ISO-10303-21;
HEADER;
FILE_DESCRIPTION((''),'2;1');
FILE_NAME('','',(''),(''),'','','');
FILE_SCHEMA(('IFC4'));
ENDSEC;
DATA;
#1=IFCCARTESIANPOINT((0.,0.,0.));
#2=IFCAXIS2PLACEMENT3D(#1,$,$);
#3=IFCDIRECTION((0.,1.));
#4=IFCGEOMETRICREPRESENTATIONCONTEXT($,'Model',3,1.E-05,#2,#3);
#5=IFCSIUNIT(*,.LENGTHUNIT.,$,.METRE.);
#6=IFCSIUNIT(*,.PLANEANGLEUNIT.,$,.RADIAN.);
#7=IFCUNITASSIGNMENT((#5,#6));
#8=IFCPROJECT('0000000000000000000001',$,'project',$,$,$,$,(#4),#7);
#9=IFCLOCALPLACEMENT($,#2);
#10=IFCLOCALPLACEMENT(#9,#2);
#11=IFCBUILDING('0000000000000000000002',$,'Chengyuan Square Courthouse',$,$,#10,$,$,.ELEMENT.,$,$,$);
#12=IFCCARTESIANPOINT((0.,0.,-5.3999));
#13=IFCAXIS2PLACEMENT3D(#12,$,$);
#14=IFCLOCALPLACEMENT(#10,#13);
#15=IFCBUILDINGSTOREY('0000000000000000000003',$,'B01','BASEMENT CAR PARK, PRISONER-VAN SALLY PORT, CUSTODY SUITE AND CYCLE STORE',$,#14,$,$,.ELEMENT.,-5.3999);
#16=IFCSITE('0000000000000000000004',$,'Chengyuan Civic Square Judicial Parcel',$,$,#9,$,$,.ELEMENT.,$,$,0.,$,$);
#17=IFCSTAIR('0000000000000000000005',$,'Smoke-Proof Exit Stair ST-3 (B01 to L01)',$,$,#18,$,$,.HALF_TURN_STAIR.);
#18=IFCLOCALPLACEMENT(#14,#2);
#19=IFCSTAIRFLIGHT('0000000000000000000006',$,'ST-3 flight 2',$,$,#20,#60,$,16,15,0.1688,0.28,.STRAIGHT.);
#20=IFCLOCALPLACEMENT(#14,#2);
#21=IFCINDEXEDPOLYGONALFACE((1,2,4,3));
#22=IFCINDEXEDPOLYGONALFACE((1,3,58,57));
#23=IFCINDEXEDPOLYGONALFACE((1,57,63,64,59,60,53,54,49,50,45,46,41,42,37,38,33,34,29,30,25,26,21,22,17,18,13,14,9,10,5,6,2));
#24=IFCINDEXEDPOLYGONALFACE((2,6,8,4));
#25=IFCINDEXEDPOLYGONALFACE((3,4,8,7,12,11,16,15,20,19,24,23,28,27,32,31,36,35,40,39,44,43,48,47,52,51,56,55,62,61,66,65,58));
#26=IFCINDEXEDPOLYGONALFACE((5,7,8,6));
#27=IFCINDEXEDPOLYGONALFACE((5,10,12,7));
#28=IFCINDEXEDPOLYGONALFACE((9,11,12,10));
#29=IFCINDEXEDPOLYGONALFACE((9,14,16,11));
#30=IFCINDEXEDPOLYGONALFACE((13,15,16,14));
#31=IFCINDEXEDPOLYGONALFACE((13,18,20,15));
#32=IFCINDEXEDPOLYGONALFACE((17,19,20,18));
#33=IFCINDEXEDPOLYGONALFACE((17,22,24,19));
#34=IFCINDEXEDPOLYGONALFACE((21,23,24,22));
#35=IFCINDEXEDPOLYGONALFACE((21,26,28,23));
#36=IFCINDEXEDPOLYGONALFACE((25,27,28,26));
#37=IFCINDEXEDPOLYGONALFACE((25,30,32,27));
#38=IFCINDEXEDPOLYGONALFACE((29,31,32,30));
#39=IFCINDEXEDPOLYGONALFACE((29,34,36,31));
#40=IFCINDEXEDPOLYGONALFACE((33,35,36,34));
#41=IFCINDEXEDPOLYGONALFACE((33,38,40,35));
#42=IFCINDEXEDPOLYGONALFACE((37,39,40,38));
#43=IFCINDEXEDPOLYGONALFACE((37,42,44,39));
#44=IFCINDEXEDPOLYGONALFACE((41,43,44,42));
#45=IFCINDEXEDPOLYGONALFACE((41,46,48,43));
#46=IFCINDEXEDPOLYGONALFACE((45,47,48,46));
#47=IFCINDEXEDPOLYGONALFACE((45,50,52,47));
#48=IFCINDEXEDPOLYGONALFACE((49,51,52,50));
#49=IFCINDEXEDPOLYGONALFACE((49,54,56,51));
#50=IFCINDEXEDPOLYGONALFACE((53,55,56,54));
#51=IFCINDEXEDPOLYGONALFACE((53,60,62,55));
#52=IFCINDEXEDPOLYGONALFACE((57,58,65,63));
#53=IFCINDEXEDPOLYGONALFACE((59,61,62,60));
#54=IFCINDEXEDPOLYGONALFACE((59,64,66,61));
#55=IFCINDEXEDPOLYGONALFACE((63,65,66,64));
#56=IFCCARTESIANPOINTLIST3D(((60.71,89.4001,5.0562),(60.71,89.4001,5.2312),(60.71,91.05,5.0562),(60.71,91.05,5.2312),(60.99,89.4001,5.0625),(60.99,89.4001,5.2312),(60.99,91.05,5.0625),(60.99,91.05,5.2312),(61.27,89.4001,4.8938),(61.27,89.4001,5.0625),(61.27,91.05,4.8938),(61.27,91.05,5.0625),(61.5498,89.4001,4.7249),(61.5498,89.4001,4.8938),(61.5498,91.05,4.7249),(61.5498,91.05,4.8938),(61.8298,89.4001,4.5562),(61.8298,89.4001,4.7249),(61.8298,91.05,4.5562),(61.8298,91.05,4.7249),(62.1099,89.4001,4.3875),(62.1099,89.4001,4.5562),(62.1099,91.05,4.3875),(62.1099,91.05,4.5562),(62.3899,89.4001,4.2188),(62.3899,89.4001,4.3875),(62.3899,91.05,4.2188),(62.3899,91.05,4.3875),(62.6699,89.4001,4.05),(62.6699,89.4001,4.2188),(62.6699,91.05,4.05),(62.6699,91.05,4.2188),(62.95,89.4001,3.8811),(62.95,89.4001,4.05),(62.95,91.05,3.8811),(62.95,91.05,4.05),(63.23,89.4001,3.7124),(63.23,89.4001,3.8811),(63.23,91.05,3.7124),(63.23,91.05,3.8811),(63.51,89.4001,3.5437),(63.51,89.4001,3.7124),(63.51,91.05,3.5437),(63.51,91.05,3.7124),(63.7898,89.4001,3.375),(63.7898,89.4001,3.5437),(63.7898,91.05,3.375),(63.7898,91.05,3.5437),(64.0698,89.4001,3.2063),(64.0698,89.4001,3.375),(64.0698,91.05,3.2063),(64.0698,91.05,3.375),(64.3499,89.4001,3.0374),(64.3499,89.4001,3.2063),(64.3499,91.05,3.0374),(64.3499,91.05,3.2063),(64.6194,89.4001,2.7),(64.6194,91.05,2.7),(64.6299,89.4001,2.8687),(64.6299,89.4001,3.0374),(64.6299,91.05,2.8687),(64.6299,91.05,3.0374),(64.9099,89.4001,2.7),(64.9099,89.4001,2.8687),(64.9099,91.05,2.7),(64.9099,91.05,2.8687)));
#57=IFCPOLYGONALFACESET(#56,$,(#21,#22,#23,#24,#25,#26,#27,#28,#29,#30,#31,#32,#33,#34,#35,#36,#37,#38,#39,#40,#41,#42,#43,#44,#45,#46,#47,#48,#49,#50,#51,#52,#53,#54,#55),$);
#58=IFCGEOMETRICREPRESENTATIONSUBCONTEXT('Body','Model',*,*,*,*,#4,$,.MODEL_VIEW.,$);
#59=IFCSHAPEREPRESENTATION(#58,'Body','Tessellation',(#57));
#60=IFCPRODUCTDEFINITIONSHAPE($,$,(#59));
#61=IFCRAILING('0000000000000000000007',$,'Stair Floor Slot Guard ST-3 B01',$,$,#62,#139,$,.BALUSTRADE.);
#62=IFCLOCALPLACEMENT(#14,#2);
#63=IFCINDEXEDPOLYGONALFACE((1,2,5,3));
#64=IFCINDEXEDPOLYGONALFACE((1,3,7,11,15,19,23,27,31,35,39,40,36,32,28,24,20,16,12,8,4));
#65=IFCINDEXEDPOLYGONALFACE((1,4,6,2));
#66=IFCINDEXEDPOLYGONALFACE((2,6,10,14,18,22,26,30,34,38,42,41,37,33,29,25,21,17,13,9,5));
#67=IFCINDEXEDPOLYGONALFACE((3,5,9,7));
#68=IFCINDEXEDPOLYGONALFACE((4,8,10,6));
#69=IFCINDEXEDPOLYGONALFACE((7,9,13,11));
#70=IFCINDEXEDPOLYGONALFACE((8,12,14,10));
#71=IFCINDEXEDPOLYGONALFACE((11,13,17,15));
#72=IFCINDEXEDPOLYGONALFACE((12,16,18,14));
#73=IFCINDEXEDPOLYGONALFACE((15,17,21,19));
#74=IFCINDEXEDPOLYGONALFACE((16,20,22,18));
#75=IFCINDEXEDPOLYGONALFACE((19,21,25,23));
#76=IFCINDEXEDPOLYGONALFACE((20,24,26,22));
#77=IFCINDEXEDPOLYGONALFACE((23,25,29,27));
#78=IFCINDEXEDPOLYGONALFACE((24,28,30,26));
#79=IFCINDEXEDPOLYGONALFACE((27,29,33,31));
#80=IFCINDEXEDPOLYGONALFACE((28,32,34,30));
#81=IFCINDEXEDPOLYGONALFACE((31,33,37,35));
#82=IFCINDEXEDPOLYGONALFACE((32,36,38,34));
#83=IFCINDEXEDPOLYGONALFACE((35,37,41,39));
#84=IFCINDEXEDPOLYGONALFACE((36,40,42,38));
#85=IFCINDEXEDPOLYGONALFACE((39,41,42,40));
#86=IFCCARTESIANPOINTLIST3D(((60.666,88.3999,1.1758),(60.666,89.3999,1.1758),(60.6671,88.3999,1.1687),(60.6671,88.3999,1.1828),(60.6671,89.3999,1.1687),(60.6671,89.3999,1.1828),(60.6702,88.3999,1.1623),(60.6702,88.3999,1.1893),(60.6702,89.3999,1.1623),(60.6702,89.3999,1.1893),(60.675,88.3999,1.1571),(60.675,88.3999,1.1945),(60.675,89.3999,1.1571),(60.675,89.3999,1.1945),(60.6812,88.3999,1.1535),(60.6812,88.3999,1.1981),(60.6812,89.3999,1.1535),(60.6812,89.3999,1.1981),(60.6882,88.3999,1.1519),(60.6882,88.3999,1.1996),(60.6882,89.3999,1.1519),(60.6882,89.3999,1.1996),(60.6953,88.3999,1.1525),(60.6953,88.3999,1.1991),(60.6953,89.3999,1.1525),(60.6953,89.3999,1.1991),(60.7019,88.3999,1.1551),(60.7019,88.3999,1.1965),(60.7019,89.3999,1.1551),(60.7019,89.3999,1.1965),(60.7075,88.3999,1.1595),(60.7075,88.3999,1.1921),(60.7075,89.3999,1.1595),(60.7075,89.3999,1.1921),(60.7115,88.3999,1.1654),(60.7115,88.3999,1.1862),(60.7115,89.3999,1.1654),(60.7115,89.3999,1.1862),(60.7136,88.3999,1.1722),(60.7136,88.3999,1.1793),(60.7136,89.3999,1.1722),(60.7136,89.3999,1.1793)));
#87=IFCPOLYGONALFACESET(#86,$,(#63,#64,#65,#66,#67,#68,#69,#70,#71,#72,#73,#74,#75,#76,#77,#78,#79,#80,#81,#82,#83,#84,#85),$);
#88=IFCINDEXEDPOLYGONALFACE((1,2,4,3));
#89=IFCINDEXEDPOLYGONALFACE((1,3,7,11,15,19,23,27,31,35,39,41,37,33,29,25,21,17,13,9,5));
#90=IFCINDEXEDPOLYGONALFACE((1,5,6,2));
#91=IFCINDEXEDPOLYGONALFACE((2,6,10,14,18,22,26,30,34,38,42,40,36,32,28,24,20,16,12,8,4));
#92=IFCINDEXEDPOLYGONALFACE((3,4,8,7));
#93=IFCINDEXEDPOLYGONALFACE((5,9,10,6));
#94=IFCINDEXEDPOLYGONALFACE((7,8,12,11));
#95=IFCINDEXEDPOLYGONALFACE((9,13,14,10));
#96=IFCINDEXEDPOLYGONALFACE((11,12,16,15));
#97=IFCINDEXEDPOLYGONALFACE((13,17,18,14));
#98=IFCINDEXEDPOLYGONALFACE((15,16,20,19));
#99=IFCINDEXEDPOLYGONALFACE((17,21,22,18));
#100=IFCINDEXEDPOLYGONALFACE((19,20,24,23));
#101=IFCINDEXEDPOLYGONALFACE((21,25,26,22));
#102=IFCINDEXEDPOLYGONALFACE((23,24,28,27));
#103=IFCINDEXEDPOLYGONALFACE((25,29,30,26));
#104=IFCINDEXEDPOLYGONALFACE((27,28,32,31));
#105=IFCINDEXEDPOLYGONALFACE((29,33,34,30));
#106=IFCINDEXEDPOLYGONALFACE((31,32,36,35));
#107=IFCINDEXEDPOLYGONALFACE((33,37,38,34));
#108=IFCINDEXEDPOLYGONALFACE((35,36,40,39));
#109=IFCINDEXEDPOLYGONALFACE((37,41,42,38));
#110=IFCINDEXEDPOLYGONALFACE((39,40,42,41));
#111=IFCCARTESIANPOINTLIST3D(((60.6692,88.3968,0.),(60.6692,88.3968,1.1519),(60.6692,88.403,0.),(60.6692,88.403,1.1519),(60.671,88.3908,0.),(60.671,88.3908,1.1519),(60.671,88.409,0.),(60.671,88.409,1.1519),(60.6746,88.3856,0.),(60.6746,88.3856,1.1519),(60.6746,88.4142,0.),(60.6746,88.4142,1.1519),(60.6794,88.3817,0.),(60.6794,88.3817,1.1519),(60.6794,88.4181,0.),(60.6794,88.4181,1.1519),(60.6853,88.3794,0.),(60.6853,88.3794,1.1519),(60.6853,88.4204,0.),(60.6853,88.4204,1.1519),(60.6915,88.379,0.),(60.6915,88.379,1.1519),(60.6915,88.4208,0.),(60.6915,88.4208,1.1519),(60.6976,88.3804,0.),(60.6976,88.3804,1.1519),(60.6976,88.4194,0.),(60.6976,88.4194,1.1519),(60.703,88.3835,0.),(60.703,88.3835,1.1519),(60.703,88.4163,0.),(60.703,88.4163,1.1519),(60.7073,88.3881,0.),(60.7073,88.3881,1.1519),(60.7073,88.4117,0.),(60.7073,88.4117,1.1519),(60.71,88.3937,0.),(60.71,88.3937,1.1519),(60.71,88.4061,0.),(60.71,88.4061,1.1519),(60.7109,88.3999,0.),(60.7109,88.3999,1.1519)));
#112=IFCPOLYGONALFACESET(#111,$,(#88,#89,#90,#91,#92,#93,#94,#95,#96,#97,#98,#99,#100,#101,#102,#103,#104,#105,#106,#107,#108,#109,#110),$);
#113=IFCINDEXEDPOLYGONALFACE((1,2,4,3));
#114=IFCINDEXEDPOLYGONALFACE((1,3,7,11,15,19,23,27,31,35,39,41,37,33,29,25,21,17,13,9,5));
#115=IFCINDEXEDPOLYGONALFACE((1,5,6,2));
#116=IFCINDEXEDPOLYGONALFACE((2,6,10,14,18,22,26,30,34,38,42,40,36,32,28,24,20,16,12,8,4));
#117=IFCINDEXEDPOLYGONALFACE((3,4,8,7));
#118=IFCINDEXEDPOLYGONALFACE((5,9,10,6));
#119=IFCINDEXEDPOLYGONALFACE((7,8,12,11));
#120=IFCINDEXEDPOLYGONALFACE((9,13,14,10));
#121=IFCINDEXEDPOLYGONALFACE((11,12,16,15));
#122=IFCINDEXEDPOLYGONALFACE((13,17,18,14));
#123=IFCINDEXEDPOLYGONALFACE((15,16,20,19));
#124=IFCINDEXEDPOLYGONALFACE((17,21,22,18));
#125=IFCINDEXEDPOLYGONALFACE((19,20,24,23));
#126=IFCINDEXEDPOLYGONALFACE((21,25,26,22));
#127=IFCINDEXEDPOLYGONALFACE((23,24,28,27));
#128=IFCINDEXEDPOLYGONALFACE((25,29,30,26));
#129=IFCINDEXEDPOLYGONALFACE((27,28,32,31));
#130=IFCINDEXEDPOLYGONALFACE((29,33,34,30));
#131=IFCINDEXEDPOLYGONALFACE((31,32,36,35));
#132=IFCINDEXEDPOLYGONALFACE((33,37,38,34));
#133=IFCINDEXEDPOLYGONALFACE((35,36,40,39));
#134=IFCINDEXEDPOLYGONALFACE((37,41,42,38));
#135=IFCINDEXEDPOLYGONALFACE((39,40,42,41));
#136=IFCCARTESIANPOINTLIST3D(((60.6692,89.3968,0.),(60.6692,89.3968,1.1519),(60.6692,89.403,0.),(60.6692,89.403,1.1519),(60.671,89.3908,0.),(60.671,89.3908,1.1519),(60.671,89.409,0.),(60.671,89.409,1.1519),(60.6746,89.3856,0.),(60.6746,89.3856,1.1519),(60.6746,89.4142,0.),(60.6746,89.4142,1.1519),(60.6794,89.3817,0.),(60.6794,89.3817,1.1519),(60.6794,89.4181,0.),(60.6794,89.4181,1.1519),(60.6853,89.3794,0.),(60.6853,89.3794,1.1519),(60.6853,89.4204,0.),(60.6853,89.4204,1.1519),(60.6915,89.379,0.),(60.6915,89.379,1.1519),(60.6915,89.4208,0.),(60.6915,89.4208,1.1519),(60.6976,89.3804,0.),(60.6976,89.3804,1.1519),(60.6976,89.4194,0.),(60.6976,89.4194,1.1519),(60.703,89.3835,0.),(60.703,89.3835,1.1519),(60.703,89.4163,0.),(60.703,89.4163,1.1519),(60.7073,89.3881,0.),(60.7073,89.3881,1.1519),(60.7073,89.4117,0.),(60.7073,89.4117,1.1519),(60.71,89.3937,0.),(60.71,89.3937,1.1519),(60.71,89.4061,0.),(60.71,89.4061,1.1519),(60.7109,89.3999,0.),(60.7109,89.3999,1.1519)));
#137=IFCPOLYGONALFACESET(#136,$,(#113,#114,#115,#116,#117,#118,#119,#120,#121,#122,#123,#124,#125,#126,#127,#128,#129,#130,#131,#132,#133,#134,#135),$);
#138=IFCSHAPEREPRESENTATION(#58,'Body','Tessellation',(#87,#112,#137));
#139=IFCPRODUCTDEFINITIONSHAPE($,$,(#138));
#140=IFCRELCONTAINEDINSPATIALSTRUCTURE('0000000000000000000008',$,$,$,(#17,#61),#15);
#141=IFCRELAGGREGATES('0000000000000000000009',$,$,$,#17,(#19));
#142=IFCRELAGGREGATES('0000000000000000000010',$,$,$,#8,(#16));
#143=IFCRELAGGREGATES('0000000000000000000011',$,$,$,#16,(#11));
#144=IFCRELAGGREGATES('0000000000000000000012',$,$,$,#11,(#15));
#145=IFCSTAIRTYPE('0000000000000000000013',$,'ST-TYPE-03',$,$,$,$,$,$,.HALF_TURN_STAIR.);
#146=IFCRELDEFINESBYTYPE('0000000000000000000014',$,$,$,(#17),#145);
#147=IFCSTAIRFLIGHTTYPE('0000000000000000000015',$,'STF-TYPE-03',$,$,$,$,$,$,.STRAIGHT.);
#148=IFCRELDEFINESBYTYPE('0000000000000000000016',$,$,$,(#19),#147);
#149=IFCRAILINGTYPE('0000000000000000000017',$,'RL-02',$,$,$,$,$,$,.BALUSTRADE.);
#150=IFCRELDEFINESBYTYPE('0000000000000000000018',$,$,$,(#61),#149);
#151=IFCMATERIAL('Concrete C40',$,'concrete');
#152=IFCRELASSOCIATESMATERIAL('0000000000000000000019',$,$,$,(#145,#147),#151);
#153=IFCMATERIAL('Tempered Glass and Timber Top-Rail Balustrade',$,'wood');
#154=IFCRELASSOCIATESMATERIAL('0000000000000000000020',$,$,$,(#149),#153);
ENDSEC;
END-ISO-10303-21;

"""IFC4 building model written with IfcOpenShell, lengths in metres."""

from ifc_helpers import new_model, si_unit, direction, frame, origin, origin_2d, place, context, subcontext, project, spatial, polyline, circle, outline, extrude, material, type_object, element, aggregate, save


model = new_model("IFC4")

# Units and contexts
model_context = context("Model", 3, precision=1e-05, world=origin(), true_north=direction((0.0, 1.0)))
body_context = subcontext(model_context, "Body", "Model", "MODEL_VIEW")
ifc_project = project(units=[si_unit("LENGTHUNIT", "METRE"), si_unit("PLANEANGLEUNIT", "RADIAN")], contexts=[model_context])

# Site, building, storey
site_placement = place(None, origin())
site = spatial("IfcSite", under=ifc_project, at=site_placement, Name="Chengyuan Civic Square Judicial Parcel", CompositionType="ELEMENT", RefElevation=0.0)
building_placement = place(site_placement, origin())
building = spatial("IfcBuilding", under=site, at=building_placement, Name="Chengyuan Square Courthouse", CompositionType="ELEMENT")
storey_placement = place(building_placement, frame((0.0, 0.0, -5.3999)))
storey = spatial("IfcBuildingStorey", under=building, at=storey_placement, Name="B01", Description="BASEMENT CAR PARK, PRISONER-VAN SALLY PORT, CUSTODY SUITE AND CYCLE STORE", CompositionType="ELEMENT", Elevation=-5.3999)

# Shared definitions
ifc_material_1 = material(Name="Concrete C40", Category="concrete")

# Stair, stair flight
stair_type = type_object("IfcStairType", Name="ST-TYPE-03", PredefinedType="HALF_TURN_STAIR", material=ifc_material_1)
stair_placement = place(storey_placement, origin())
stair = element("IfcStair", 1, at=stair_placement, inside=storey, type_object=stair_type, Name="Smoke-Proof Exit Stair ST-3 (B01 to L01)", PredefinedType="HALF_TURN_STAIR")
stair_flight_type = type_object("IfcStairFlightType", Name="STF-TYPE-03", PredefinedType="STRAIGHT", material=ifc_material_1)
stair_flight_1_placement = place(storey_placement, frame((64.9099, 90.2251, 2.7), z_axis=(0.0, 0.0, 1.0), x_axis=(-1.0, 0.0, 0.0)))
stair_flight_1 = element("IfcStairFlight", 2, at=stair_flight_1_placement, type_object=stair_flight_type, Name="ST-3 flight 2", NumberOfRisers=16, NumberOfTreads=15, PredefinedType="STRAIGHT", RiserHeight=0.1688, TreadLength=0.28, context=body_context, shape_type="SweptSolid", body=[
    extrude(outline(polyline([(0.0, 0.0), (0.0, 0.1687), (0.28, 0.1687), (0.28, 0.3374), (0.5601, 0.3374), (0.5601, 0.5063), (0.8401, 0.5063), (0.8401, 0.675), (1.1201, 0.675), (1.1201, 0.8438), (1.3999, 0.8438), (1.3999, 1.0125), (1.6799, 1.0125), (1.6799, 1.1812), (1.96, 1.1812), (1.96, 1.3501), (2.24, 1.3501), (2.24, 1.5188), (2.52, 1.5188), (2.52, 1.6875), (2.8, 1.6875), (2.8, 1.8562), (3.0801, 1.8562), (3.0801, 2.0249), (3.3601, 2.0249), (3.3601, 2.1938), (3.6399, 2.1938), (3.6399, 2.3625), (3.9199, 2.3625), (3.9199, 2.5312), (4.2, 2.5312), (4.2, 2.7), (4.2, 2.3562), (0.2905, 0.0), (0.0, 0.0)])), frame((0.0, 0.825, 0.0), z_axis=(0.0, -1.0, 0.0), x_axis=(1.0, 0.0, 0.0)), (0.0, 0.0, 1.0), 1.6499),
])
aggregate(stair, [stair_flight_1])

# Railing
ifc_material_2 = material(Name="Tempered Glass and Timber Top-Rail Balustrade", Category="wood")
railing_type_1 = type_object("IfcRailingType", Name="RL-02", PredefinedType="BALUSTRADE", material=ifc_material_2)
for number, where, name in (
    (3, (60.6899, 88.3999, 0.0), "Stair Floor Slot Guard ST-3 B01"),
):
    element("IfcRailing", number, at=place(storey_placement, frame(where)), inside=storey, type_object=railing_type_1, Name=name, PredefinedType="BALUSTRADE", context=body_context, shape_type="SweptSolid", body=[
        extrude(circle(Radius=0.0239, at=origin_2d()), frame((0.0, 0.0, 1.1758), z_axis=(0.0, 1.0, 0.0), x_axis=(-1.0, 0.0, 0.0)), (0.0, 0.0, 1.0), 1.0),
        extrude(circle(Radius=0.021, at=origin_2d()), origin(), (0.0, 0.0, 1.0), 1.1519),
        extrude(circle(Radius=0.021, at=origin_2d()), frame((0.0, 1.0, 0.0)), (0.0, 0.0, 1.0), 1.1519),
    ])

save(model, "model.ifc")
